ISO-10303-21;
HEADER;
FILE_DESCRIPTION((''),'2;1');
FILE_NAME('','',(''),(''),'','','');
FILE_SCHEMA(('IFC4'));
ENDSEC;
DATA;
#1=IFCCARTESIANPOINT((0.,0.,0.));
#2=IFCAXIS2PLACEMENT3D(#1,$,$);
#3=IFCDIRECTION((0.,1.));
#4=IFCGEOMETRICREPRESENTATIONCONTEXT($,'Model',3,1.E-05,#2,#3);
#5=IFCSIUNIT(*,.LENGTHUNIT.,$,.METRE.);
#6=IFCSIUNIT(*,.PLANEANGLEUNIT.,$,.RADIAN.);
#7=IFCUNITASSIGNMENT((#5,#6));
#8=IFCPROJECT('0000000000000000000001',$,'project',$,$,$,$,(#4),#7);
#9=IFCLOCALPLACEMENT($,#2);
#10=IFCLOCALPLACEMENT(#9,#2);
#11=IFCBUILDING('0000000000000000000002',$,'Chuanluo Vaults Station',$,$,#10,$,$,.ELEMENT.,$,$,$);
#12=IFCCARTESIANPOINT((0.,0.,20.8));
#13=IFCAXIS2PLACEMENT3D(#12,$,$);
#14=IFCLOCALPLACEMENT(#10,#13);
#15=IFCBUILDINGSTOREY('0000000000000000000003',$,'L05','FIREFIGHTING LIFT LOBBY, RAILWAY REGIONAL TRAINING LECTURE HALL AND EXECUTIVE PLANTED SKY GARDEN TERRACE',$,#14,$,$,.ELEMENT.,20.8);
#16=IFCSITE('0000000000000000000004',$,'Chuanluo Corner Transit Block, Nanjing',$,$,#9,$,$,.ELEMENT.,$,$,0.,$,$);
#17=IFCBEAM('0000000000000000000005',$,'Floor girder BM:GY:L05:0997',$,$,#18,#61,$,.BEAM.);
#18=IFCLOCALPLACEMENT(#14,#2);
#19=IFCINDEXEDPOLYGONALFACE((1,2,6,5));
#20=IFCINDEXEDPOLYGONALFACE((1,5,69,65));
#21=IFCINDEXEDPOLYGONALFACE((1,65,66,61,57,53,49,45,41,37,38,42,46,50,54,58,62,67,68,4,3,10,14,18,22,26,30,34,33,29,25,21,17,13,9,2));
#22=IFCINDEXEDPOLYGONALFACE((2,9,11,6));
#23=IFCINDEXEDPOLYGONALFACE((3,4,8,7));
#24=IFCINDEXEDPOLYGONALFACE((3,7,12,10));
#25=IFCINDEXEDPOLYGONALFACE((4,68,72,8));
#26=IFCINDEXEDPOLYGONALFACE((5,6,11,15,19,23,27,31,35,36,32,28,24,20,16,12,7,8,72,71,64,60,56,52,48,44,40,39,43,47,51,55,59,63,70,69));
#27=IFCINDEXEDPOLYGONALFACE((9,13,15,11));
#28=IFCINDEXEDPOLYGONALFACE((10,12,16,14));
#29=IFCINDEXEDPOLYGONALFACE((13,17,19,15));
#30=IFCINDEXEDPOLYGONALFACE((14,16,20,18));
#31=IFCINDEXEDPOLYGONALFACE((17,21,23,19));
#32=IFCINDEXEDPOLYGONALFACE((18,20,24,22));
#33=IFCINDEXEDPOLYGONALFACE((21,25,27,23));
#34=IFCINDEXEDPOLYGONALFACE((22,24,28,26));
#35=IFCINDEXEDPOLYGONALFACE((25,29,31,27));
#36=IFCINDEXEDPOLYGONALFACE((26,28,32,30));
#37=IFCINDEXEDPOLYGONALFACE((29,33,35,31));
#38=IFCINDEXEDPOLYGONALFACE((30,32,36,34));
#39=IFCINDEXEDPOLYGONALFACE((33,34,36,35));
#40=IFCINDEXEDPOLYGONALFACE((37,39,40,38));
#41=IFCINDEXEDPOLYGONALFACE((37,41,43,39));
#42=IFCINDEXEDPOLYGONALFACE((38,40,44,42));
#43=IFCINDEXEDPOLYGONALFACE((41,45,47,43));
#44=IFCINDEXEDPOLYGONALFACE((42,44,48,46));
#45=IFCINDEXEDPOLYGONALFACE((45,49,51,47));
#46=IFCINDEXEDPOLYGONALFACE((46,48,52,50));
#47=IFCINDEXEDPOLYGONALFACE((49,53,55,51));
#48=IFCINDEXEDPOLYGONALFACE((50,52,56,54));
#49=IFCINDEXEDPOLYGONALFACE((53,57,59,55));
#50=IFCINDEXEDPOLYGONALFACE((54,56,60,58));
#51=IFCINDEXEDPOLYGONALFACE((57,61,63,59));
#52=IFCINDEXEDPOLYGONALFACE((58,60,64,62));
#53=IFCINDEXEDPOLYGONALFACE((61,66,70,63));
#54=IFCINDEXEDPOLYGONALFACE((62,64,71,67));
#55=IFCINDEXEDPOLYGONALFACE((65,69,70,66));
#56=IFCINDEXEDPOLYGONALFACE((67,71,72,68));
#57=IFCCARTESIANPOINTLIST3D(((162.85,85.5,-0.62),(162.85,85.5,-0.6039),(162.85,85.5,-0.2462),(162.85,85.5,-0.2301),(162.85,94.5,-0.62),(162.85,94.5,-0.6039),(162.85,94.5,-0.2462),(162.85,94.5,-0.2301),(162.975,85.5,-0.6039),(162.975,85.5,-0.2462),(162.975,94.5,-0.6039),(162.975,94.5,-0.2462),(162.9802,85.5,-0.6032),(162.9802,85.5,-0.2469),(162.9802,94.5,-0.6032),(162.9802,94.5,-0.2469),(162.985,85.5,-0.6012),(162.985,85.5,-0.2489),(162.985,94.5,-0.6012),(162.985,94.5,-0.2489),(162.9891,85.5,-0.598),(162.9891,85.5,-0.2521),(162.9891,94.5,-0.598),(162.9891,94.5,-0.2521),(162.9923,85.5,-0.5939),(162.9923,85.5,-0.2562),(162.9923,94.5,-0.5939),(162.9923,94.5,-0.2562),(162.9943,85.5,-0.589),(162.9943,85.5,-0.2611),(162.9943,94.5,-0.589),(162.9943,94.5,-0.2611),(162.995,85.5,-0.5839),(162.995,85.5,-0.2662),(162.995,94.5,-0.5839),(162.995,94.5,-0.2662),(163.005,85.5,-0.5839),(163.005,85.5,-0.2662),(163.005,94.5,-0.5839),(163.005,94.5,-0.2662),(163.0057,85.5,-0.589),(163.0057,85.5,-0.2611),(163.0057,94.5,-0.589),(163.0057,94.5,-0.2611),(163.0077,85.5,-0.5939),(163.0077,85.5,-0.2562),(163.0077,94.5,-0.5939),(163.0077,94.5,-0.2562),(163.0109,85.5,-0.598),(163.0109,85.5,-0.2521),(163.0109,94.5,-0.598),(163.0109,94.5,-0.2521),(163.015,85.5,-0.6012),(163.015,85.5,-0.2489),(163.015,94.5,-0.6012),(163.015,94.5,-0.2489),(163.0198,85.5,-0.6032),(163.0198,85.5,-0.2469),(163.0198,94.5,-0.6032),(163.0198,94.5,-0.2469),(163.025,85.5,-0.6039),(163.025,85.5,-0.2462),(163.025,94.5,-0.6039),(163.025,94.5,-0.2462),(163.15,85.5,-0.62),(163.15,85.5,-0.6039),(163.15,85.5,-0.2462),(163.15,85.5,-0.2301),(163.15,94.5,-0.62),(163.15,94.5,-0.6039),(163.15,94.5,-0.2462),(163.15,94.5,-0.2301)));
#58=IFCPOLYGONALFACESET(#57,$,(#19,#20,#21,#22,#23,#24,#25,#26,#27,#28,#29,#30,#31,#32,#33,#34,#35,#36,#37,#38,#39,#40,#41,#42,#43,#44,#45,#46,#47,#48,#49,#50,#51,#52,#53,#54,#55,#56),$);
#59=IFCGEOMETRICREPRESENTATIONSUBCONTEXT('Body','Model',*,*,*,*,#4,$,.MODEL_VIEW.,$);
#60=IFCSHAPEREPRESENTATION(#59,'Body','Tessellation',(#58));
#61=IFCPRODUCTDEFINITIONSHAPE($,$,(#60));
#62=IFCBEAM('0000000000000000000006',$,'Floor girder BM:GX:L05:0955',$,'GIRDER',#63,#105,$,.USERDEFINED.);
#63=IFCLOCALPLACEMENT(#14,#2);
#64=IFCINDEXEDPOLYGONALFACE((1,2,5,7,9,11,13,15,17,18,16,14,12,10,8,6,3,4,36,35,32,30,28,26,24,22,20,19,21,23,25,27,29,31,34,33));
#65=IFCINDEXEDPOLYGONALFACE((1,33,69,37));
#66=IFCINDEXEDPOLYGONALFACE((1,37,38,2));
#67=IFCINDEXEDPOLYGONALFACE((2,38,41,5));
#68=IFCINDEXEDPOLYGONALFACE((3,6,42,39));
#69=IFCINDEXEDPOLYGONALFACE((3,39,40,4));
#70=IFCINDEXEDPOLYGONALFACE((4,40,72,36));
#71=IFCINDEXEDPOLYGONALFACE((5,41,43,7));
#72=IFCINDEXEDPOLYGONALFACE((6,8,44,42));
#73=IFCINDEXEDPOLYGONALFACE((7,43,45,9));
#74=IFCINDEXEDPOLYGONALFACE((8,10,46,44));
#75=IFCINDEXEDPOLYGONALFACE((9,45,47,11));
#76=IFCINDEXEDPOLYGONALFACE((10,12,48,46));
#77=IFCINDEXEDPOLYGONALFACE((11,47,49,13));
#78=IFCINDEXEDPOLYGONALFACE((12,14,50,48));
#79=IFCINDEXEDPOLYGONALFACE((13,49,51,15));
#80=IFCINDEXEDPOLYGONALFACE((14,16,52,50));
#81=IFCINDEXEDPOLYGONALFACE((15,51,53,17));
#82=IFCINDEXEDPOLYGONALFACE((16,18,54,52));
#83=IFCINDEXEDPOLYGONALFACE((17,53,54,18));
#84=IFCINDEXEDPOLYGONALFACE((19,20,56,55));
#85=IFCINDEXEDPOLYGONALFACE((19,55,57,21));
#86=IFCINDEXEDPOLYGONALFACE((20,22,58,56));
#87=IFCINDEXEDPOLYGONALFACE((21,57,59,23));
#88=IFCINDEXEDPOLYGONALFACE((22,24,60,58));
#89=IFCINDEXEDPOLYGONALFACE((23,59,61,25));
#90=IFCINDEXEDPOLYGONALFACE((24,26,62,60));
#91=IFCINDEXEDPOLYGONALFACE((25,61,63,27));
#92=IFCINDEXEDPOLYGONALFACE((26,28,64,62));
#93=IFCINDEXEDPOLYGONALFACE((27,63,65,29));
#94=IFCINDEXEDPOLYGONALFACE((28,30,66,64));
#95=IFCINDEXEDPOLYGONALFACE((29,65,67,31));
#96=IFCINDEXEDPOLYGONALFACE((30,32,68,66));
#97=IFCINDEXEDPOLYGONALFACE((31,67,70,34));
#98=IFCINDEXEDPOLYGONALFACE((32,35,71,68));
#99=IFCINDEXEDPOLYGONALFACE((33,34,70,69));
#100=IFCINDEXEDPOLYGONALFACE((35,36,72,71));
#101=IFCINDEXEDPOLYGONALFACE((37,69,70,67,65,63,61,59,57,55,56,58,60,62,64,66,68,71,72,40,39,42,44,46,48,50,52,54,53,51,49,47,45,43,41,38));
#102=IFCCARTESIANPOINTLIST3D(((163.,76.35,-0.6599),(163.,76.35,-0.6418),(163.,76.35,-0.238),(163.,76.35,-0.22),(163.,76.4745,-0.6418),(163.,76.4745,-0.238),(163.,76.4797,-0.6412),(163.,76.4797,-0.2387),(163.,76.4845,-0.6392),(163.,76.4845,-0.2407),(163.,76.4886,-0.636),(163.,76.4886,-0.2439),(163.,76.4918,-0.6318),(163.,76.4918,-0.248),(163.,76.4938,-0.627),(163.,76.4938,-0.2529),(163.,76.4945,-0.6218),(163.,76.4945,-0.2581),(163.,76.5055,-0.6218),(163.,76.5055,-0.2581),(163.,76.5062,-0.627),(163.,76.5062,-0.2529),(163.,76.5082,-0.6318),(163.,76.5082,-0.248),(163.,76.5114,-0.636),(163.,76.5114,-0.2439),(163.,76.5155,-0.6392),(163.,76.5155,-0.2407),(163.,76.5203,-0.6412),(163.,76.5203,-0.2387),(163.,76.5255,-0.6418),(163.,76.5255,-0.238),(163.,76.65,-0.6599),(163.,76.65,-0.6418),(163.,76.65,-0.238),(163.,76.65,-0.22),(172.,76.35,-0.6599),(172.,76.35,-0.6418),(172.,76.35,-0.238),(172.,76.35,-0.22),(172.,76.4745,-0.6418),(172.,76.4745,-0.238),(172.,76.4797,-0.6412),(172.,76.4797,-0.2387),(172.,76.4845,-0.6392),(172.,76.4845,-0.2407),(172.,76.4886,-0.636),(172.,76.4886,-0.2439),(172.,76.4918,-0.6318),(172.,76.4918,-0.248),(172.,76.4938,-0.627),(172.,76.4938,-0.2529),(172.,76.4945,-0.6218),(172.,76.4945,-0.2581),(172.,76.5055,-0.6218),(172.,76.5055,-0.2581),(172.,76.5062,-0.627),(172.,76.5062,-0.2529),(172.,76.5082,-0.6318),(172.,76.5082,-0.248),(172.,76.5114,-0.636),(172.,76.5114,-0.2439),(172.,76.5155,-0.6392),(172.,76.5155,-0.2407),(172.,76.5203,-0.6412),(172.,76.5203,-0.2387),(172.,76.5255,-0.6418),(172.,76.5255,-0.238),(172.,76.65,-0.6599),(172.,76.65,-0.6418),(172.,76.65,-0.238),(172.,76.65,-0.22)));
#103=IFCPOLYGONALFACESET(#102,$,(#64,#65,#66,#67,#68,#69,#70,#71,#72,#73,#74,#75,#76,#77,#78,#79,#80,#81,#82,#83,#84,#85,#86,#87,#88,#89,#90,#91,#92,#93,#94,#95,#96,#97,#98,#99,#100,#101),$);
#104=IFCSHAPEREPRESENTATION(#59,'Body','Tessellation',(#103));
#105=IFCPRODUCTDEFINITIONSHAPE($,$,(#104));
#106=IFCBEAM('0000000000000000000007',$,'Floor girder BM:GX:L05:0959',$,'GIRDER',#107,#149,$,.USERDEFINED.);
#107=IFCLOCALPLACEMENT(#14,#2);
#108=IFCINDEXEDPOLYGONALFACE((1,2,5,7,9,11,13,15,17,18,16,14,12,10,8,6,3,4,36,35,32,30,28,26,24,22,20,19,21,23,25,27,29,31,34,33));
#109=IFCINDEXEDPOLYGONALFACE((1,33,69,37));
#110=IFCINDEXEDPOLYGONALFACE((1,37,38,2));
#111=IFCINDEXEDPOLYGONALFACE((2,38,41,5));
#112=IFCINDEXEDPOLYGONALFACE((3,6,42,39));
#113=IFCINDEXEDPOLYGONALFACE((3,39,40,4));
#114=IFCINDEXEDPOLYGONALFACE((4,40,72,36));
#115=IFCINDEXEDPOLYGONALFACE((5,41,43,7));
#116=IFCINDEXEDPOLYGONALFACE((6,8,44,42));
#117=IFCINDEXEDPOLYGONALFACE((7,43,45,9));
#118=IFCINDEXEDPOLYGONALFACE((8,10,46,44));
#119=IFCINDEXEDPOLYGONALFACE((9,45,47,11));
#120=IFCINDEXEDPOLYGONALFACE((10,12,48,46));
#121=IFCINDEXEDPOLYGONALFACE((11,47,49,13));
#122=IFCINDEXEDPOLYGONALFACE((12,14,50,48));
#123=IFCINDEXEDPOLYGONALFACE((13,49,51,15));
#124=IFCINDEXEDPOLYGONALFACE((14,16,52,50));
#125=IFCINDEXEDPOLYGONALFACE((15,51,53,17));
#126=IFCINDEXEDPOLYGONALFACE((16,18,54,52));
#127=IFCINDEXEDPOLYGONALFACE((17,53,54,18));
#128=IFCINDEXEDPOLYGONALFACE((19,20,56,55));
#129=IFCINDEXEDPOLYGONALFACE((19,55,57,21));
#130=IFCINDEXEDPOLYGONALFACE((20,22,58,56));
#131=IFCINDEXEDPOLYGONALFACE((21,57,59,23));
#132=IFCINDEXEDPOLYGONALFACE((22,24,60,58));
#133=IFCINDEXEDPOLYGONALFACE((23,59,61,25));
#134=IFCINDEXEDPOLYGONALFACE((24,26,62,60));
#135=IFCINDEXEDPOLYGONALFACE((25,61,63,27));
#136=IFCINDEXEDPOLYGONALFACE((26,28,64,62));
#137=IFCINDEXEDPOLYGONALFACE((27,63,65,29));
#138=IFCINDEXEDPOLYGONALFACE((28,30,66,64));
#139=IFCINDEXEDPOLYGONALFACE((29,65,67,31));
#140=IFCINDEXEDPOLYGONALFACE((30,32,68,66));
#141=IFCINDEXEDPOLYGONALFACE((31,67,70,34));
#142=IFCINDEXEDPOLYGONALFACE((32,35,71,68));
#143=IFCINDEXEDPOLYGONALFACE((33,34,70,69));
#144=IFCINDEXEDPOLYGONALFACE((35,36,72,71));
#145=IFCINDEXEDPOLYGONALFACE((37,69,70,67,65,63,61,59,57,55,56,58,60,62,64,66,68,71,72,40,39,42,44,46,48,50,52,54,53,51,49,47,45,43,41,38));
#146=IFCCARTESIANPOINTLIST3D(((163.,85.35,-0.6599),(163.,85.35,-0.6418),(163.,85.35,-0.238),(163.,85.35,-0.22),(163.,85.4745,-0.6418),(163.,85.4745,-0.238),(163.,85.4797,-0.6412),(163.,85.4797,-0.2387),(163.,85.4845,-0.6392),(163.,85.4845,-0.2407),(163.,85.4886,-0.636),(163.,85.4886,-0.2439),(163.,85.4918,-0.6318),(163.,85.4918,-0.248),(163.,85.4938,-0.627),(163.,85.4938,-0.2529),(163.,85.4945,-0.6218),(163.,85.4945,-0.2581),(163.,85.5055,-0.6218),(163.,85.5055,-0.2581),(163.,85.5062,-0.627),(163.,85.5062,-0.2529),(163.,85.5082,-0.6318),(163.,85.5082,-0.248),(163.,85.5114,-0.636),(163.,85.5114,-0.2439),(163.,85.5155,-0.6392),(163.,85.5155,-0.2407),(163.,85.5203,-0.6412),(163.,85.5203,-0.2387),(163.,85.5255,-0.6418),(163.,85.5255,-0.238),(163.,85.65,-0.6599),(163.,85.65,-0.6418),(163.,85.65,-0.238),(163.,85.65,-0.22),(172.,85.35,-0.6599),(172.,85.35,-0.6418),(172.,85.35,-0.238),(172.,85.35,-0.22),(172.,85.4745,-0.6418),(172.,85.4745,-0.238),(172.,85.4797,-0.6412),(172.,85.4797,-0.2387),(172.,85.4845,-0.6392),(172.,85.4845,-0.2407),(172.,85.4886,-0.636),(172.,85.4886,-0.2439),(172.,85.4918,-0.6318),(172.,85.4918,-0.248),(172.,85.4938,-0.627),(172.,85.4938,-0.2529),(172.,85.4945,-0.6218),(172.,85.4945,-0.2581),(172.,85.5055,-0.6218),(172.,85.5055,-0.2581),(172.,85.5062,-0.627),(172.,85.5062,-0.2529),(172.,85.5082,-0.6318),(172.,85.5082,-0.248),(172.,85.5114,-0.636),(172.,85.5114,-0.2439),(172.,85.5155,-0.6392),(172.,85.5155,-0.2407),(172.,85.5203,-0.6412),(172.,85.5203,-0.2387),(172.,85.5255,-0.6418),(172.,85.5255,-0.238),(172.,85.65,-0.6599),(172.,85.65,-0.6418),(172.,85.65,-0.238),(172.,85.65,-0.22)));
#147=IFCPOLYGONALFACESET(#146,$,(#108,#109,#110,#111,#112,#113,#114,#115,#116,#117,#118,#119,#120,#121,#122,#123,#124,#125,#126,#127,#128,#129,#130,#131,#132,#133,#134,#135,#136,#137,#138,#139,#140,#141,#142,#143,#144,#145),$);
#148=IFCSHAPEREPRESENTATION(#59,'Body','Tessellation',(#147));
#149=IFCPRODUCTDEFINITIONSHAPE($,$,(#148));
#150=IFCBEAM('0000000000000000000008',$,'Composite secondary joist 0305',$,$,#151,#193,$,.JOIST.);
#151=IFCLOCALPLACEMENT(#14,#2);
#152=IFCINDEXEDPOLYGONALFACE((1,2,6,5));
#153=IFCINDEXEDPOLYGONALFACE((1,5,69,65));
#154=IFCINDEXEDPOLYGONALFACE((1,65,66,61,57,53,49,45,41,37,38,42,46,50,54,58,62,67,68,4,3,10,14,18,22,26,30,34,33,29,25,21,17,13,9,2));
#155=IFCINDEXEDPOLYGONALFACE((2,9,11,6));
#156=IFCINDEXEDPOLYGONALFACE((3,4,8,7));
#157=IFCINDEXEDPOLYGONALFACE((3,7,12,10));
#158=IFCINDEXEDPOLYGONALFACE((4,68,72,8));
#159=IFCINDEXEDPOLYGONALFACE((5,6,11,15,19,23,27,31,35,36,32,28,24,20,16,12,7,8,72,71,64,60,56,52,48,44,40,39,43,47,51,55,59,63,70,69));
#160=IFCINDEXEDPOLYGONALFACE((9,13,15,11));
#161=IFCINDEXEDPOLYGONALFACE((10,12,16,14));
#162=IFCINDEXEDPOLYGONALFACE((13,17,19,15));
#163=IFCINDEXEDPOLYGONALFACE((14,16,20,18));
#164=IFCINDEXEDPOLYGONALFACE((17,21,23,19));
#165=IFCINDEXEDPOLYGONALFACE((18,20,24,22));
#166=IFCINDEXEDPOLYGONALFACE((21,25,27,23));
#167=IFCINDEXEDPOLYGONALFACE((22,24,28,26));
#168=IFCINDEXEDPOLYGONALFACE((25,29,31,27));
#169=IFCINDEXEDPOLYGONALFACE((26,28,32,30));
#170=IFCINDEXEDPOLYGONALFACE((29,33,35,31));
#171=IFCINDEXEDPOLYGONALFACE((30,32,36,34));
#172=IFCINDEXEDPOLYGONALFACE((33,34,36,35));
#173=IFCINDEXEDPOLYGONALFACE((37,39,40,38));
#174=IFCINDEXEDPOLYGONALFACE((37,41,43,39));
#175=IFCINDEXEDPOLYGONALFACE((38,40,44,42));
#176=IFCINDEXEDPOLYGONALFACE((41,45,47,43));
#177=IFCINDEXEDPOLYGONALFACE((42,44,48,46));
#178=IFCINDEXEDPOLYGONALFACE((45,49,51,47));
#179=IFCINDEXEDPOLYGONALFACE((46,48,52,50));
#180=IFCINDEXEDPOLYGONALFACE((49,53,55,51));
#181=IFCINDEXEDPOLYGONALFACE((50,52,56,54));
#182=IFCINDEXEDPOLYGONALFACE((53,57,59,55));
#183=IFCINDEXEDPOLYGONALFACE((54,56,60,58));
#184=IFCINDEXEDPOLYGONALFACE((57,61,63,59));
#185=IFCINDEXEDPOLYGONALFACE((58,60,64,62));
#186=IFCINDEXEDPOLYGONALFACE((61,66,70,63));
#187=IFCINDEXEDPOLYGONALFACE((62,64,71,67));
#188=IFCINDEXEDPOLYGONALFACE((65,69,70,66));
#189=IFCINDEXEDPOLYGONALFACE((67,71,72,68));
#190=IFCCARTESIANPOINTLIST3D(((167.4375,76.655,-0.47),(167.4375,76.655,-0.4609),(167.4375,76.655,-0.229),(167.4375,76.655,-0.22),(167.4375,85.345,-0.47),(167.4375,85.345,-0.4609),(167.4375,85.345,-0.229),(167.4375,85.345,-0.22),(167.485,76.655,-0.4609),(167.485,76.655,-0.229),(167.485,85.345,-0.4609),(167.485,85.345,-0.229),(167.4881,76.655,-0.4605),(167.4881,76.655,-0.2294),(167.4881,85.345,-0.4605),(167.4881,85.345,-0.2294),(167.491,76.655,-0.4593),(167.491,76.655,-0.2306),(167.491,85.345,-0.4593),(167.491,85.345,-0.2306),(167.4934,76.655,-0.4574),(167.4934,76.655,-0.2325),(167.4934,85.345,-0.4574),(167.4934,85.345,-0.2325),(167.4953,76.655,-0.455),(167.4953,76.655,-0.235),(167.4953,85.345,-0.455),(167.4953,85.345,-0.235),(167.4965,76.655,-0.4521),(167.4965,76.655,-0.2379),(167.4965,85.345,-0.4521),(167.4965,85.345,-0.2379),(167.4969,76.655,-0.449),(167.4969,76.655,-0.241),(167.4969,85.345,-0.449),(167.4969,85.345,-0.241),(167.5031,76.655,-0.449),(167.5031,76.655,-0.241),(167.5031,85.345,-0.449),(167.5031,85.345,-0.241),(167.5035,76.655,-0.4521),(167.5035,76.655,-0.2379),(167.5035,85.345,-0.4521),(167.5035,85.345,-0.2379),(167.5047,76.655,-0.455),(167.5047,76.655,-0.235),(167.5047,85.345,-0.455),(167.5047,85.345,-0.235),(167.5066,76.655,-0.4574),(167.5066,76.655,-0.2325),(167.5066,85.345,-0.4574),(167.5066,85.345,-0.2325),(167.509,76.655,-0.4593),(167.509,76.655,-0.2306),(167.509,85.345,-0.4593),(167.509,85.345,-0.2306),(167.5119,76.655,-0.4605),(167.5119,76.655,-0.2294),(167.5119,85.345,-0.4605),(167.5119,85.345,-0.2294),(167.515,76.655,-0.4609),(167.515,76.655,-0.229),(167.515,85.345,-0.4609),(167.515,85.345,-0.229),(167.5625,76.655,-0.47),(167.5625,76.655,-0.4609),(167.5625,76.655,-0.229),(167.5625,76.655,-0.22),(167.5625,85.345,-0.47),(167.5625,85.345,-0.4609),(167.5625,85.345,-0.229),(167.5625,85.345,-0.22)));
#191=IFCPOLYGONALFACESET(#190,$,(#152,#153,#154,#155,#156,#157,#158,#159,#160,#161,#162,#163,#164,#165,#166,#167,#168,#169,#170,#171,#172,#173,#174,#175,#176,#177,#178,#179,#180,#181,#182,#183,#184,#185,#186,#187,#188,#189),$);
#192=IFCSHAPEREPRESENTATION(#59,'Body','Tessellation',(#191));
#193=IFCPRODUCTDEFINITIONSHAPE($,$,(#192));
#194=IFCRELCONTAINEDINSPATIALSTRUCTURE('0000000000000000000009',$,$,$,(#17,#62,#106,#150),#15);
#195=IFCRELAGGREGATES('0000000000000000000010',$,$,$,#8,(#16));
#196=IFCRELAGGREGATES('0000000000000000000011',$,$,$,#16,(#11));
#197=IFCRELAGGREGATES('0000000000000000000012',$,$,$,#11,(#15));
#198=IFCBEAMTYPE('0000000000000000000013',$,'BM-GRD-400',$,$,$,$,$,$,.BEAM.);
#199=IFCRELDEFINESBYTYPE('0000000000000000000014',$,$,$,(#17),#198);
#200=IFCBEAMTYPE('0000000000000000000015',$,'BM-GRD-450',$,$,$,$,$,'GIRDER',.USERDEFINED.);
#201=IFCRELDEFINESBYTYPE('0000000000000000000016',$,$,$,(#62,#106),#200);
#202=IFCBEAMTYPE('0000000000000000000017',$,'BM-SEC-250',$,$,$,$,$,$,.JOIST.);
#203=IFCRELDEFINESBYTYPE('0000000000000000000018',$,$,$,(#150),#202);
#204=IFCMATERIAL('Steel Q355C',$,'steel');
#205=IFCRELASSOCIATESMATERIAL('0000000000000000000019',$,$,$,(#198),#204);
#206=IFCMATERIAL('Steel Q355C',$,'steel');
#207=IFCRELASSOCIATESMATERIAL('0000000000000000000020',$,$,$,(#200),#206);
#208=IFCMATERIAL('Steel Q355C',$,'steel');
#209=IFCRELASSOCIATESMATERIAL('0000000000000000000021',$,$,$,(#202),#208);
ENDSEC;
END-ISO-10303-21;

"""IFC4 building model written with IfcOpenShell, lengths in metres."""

from ifc_helpers import new_model, si_unit, direction, frame, origin, origin_2d, place, context, subcontext, project, spatial, i_section, extrude, material, material_profile, profile_set, type_object, element, save


model = new_model("IFC4")

# Units and contexts
model_context = context("Model", 3, precision=1e-05, world=origin(), true_north=direction((0.0, 1.0)))
body_context = subcontext(model_context, "Body", "Model", "MODEL_VIEW")
ifc_project = project(units=[si_unit("LENGTHUNIT", "METRE"), si_unit("PLANEANGLEUNIT", "RADIAN")], contexts=[model_context])

# Site, building, storey
site_placement = place(None, origin())
site = spatial("IfcSite", under=ifc_project, at=site_placement, Name="Chuanluo Corner Transit Block, Nanjing", CompositionType="ELEMENT", RefElevation=0.0)
building_placement = place(site_placement, origin())
building = spatial("IfcBuilding", under=site, at=building_placement, Name="Chuanluo Vaults Station", CompositionType="ELEMENT")
storey_placement = place(building_placement, frame((0.0, 0.0, 20.8)))
storey = spatial("IfcBuildingStorey", under=building, at=storey_placement, Name="L05", Description="FIREFIGHTING LIFT LOBBY, RAILWAY REGIONAL TRAINING LECTURE HALL AND EXECUTIVE PLANTED SKY GARDEN TERRACE", CompositionType="ELEMENT", Elevation=20.8)

# Beams
ifc_material_1 = material(Name="Steel Q355C", Category="steel")
ifc_material_profile_1 = material_profile(ifc_material_1, i_section(OverallWidth=0.3, OverallDepth=0.3899, WebThickness=0.01, FlangeThickness=0.0161, FilletRadius=0.02, at=origin_2d()))
ifc_profile_set_1 = profile_set([ifc_material_profile_1], Name="Steel Q355C")
beam_type_1 = type_object("IfcBeamType", Name="BM-GRD-400", PredefinedType="BEAM", material=ifc_profile_set_1)
for number, where, z_axis, x_axis, name in (
    (1, (163.0, 85.5, -0.425), (0.0, 1.0, 0.0), (-1.0, 0.0, 0.0), "Floor girder BM:GY:L05:0997"),
):
    element("IfcBeam", number, at=place(storey_placement, frame(where, z_axis=z_axis, x_axis=x_axis)), inside=storey, type_object=beam_type_1, Name=name, PredefinedType="BEAM", context=body_context, shape_type="SweptSolid", body=[
        extrude(i_section(OverallWidth=0.3, OverallDepth=0.3899, WebThickness=0.01, FlangeThickness=0.0161, FilletRadius=0.02, at=origin_2d()), origin(), (0.0, 0.0, 1.0), 9.0),
    ])
ifc_material_2 = material(Name="Steel Q355C", Category="steel")
ifc_material_profile_2 = material_profile(ifc_material_2, i_section(OverallWidth=0.3, OverallDepth=0.4399, WebThickness=0.011, FlangeThickness=0.0181, FilletRadius=0.02, at=origin_2d()))
ifc_profile_set_2 = profile_set([ifc_material_profile_2], Name="Steel Q355C")
beam_type_2 = type_object("IfcBeamType", Name="BM-GRD-450", ElementType="GIRDER", PredefinedType="USERDEFINED", material=ifc_profile_set_2)
for number, where, z_axis, x_axis, name in (
    (2, (163.0, 76.5, -0.4399), (1.0, 0.0, 0.0), (0.0, 1.0, 0.0), "Floor girder BM:GX:L05:0955"),
    (3, (163.0, 85.5, -0.4399), (1.0, 0.0, 0.0), (0.0, 1.0, 0.0), "Floor girder BM:GX:L05:0959"),
):
    element("IfcBeam", number, at=place(storey_placement, frame(where, z_axis=z_axis, x_axis=x_axis)), inside=storey, type_object=beam_type_2, Name=name, ObjectType="GIRDER", PredefinedType="USERDEFINED", context=body_context, shape_type="SweptSolid", body=[
        extrude(i_section(OverallWidth=0.3, OverallDepth=0.4399, WebThickness=0.011, FlangeThickness=0.0181, FilletRadius=0.02, at=origin_2d()), origin(), (0.0, 0.0, 1.0), 9.0),
    ])
ifc_material_3 = material(Name="Steel Q355C", Category="steel")
ifc_material_profile_3 = material_profile(ifc_material_3, i_section(OverallWidth=0.125, OverallDepth=0.25, WebThickness=0.0061, FlangeThickness=0.009, FilletRadius=0.012, at=origin_2d()))
ifc_profile_set_3 = profile_set([ifc_material_profile_3], Name="Steel Q355C")
beam_type_3 = type_object("IfcBeamType", Name="BM-SEC-250", PredefinedType="JOIST", material=ifc_profile_set_3)
for number, where, z_axis, x_axis, name in (
    (4, (167.5, 76.655, -0.345), (0.0, 1.0, 0.0), (-1.0, 0.0, 0.0), "Composite secondary joist 0305"),
):
    element("IfcBeam", number, at=place(storey_placement, frame(where, z_axis=z_axis, x_axis=x_axis)), inside=storey, type_object=beam_type_3, Name=name, PredefinedType="JOIST", context=body_context, shape_type="SweptSolid", body=[
        extrude(i_section(OverallWidth=0.125, OverallDepth=0.25, WebThickness=0.0061, FlangeThickness=0.009, FilletRadius=0.012, at=origin_2d()), origin(), (0.0, 0.0, 1.0), 8.6899),
    ])

save(model, "model.ifc")
